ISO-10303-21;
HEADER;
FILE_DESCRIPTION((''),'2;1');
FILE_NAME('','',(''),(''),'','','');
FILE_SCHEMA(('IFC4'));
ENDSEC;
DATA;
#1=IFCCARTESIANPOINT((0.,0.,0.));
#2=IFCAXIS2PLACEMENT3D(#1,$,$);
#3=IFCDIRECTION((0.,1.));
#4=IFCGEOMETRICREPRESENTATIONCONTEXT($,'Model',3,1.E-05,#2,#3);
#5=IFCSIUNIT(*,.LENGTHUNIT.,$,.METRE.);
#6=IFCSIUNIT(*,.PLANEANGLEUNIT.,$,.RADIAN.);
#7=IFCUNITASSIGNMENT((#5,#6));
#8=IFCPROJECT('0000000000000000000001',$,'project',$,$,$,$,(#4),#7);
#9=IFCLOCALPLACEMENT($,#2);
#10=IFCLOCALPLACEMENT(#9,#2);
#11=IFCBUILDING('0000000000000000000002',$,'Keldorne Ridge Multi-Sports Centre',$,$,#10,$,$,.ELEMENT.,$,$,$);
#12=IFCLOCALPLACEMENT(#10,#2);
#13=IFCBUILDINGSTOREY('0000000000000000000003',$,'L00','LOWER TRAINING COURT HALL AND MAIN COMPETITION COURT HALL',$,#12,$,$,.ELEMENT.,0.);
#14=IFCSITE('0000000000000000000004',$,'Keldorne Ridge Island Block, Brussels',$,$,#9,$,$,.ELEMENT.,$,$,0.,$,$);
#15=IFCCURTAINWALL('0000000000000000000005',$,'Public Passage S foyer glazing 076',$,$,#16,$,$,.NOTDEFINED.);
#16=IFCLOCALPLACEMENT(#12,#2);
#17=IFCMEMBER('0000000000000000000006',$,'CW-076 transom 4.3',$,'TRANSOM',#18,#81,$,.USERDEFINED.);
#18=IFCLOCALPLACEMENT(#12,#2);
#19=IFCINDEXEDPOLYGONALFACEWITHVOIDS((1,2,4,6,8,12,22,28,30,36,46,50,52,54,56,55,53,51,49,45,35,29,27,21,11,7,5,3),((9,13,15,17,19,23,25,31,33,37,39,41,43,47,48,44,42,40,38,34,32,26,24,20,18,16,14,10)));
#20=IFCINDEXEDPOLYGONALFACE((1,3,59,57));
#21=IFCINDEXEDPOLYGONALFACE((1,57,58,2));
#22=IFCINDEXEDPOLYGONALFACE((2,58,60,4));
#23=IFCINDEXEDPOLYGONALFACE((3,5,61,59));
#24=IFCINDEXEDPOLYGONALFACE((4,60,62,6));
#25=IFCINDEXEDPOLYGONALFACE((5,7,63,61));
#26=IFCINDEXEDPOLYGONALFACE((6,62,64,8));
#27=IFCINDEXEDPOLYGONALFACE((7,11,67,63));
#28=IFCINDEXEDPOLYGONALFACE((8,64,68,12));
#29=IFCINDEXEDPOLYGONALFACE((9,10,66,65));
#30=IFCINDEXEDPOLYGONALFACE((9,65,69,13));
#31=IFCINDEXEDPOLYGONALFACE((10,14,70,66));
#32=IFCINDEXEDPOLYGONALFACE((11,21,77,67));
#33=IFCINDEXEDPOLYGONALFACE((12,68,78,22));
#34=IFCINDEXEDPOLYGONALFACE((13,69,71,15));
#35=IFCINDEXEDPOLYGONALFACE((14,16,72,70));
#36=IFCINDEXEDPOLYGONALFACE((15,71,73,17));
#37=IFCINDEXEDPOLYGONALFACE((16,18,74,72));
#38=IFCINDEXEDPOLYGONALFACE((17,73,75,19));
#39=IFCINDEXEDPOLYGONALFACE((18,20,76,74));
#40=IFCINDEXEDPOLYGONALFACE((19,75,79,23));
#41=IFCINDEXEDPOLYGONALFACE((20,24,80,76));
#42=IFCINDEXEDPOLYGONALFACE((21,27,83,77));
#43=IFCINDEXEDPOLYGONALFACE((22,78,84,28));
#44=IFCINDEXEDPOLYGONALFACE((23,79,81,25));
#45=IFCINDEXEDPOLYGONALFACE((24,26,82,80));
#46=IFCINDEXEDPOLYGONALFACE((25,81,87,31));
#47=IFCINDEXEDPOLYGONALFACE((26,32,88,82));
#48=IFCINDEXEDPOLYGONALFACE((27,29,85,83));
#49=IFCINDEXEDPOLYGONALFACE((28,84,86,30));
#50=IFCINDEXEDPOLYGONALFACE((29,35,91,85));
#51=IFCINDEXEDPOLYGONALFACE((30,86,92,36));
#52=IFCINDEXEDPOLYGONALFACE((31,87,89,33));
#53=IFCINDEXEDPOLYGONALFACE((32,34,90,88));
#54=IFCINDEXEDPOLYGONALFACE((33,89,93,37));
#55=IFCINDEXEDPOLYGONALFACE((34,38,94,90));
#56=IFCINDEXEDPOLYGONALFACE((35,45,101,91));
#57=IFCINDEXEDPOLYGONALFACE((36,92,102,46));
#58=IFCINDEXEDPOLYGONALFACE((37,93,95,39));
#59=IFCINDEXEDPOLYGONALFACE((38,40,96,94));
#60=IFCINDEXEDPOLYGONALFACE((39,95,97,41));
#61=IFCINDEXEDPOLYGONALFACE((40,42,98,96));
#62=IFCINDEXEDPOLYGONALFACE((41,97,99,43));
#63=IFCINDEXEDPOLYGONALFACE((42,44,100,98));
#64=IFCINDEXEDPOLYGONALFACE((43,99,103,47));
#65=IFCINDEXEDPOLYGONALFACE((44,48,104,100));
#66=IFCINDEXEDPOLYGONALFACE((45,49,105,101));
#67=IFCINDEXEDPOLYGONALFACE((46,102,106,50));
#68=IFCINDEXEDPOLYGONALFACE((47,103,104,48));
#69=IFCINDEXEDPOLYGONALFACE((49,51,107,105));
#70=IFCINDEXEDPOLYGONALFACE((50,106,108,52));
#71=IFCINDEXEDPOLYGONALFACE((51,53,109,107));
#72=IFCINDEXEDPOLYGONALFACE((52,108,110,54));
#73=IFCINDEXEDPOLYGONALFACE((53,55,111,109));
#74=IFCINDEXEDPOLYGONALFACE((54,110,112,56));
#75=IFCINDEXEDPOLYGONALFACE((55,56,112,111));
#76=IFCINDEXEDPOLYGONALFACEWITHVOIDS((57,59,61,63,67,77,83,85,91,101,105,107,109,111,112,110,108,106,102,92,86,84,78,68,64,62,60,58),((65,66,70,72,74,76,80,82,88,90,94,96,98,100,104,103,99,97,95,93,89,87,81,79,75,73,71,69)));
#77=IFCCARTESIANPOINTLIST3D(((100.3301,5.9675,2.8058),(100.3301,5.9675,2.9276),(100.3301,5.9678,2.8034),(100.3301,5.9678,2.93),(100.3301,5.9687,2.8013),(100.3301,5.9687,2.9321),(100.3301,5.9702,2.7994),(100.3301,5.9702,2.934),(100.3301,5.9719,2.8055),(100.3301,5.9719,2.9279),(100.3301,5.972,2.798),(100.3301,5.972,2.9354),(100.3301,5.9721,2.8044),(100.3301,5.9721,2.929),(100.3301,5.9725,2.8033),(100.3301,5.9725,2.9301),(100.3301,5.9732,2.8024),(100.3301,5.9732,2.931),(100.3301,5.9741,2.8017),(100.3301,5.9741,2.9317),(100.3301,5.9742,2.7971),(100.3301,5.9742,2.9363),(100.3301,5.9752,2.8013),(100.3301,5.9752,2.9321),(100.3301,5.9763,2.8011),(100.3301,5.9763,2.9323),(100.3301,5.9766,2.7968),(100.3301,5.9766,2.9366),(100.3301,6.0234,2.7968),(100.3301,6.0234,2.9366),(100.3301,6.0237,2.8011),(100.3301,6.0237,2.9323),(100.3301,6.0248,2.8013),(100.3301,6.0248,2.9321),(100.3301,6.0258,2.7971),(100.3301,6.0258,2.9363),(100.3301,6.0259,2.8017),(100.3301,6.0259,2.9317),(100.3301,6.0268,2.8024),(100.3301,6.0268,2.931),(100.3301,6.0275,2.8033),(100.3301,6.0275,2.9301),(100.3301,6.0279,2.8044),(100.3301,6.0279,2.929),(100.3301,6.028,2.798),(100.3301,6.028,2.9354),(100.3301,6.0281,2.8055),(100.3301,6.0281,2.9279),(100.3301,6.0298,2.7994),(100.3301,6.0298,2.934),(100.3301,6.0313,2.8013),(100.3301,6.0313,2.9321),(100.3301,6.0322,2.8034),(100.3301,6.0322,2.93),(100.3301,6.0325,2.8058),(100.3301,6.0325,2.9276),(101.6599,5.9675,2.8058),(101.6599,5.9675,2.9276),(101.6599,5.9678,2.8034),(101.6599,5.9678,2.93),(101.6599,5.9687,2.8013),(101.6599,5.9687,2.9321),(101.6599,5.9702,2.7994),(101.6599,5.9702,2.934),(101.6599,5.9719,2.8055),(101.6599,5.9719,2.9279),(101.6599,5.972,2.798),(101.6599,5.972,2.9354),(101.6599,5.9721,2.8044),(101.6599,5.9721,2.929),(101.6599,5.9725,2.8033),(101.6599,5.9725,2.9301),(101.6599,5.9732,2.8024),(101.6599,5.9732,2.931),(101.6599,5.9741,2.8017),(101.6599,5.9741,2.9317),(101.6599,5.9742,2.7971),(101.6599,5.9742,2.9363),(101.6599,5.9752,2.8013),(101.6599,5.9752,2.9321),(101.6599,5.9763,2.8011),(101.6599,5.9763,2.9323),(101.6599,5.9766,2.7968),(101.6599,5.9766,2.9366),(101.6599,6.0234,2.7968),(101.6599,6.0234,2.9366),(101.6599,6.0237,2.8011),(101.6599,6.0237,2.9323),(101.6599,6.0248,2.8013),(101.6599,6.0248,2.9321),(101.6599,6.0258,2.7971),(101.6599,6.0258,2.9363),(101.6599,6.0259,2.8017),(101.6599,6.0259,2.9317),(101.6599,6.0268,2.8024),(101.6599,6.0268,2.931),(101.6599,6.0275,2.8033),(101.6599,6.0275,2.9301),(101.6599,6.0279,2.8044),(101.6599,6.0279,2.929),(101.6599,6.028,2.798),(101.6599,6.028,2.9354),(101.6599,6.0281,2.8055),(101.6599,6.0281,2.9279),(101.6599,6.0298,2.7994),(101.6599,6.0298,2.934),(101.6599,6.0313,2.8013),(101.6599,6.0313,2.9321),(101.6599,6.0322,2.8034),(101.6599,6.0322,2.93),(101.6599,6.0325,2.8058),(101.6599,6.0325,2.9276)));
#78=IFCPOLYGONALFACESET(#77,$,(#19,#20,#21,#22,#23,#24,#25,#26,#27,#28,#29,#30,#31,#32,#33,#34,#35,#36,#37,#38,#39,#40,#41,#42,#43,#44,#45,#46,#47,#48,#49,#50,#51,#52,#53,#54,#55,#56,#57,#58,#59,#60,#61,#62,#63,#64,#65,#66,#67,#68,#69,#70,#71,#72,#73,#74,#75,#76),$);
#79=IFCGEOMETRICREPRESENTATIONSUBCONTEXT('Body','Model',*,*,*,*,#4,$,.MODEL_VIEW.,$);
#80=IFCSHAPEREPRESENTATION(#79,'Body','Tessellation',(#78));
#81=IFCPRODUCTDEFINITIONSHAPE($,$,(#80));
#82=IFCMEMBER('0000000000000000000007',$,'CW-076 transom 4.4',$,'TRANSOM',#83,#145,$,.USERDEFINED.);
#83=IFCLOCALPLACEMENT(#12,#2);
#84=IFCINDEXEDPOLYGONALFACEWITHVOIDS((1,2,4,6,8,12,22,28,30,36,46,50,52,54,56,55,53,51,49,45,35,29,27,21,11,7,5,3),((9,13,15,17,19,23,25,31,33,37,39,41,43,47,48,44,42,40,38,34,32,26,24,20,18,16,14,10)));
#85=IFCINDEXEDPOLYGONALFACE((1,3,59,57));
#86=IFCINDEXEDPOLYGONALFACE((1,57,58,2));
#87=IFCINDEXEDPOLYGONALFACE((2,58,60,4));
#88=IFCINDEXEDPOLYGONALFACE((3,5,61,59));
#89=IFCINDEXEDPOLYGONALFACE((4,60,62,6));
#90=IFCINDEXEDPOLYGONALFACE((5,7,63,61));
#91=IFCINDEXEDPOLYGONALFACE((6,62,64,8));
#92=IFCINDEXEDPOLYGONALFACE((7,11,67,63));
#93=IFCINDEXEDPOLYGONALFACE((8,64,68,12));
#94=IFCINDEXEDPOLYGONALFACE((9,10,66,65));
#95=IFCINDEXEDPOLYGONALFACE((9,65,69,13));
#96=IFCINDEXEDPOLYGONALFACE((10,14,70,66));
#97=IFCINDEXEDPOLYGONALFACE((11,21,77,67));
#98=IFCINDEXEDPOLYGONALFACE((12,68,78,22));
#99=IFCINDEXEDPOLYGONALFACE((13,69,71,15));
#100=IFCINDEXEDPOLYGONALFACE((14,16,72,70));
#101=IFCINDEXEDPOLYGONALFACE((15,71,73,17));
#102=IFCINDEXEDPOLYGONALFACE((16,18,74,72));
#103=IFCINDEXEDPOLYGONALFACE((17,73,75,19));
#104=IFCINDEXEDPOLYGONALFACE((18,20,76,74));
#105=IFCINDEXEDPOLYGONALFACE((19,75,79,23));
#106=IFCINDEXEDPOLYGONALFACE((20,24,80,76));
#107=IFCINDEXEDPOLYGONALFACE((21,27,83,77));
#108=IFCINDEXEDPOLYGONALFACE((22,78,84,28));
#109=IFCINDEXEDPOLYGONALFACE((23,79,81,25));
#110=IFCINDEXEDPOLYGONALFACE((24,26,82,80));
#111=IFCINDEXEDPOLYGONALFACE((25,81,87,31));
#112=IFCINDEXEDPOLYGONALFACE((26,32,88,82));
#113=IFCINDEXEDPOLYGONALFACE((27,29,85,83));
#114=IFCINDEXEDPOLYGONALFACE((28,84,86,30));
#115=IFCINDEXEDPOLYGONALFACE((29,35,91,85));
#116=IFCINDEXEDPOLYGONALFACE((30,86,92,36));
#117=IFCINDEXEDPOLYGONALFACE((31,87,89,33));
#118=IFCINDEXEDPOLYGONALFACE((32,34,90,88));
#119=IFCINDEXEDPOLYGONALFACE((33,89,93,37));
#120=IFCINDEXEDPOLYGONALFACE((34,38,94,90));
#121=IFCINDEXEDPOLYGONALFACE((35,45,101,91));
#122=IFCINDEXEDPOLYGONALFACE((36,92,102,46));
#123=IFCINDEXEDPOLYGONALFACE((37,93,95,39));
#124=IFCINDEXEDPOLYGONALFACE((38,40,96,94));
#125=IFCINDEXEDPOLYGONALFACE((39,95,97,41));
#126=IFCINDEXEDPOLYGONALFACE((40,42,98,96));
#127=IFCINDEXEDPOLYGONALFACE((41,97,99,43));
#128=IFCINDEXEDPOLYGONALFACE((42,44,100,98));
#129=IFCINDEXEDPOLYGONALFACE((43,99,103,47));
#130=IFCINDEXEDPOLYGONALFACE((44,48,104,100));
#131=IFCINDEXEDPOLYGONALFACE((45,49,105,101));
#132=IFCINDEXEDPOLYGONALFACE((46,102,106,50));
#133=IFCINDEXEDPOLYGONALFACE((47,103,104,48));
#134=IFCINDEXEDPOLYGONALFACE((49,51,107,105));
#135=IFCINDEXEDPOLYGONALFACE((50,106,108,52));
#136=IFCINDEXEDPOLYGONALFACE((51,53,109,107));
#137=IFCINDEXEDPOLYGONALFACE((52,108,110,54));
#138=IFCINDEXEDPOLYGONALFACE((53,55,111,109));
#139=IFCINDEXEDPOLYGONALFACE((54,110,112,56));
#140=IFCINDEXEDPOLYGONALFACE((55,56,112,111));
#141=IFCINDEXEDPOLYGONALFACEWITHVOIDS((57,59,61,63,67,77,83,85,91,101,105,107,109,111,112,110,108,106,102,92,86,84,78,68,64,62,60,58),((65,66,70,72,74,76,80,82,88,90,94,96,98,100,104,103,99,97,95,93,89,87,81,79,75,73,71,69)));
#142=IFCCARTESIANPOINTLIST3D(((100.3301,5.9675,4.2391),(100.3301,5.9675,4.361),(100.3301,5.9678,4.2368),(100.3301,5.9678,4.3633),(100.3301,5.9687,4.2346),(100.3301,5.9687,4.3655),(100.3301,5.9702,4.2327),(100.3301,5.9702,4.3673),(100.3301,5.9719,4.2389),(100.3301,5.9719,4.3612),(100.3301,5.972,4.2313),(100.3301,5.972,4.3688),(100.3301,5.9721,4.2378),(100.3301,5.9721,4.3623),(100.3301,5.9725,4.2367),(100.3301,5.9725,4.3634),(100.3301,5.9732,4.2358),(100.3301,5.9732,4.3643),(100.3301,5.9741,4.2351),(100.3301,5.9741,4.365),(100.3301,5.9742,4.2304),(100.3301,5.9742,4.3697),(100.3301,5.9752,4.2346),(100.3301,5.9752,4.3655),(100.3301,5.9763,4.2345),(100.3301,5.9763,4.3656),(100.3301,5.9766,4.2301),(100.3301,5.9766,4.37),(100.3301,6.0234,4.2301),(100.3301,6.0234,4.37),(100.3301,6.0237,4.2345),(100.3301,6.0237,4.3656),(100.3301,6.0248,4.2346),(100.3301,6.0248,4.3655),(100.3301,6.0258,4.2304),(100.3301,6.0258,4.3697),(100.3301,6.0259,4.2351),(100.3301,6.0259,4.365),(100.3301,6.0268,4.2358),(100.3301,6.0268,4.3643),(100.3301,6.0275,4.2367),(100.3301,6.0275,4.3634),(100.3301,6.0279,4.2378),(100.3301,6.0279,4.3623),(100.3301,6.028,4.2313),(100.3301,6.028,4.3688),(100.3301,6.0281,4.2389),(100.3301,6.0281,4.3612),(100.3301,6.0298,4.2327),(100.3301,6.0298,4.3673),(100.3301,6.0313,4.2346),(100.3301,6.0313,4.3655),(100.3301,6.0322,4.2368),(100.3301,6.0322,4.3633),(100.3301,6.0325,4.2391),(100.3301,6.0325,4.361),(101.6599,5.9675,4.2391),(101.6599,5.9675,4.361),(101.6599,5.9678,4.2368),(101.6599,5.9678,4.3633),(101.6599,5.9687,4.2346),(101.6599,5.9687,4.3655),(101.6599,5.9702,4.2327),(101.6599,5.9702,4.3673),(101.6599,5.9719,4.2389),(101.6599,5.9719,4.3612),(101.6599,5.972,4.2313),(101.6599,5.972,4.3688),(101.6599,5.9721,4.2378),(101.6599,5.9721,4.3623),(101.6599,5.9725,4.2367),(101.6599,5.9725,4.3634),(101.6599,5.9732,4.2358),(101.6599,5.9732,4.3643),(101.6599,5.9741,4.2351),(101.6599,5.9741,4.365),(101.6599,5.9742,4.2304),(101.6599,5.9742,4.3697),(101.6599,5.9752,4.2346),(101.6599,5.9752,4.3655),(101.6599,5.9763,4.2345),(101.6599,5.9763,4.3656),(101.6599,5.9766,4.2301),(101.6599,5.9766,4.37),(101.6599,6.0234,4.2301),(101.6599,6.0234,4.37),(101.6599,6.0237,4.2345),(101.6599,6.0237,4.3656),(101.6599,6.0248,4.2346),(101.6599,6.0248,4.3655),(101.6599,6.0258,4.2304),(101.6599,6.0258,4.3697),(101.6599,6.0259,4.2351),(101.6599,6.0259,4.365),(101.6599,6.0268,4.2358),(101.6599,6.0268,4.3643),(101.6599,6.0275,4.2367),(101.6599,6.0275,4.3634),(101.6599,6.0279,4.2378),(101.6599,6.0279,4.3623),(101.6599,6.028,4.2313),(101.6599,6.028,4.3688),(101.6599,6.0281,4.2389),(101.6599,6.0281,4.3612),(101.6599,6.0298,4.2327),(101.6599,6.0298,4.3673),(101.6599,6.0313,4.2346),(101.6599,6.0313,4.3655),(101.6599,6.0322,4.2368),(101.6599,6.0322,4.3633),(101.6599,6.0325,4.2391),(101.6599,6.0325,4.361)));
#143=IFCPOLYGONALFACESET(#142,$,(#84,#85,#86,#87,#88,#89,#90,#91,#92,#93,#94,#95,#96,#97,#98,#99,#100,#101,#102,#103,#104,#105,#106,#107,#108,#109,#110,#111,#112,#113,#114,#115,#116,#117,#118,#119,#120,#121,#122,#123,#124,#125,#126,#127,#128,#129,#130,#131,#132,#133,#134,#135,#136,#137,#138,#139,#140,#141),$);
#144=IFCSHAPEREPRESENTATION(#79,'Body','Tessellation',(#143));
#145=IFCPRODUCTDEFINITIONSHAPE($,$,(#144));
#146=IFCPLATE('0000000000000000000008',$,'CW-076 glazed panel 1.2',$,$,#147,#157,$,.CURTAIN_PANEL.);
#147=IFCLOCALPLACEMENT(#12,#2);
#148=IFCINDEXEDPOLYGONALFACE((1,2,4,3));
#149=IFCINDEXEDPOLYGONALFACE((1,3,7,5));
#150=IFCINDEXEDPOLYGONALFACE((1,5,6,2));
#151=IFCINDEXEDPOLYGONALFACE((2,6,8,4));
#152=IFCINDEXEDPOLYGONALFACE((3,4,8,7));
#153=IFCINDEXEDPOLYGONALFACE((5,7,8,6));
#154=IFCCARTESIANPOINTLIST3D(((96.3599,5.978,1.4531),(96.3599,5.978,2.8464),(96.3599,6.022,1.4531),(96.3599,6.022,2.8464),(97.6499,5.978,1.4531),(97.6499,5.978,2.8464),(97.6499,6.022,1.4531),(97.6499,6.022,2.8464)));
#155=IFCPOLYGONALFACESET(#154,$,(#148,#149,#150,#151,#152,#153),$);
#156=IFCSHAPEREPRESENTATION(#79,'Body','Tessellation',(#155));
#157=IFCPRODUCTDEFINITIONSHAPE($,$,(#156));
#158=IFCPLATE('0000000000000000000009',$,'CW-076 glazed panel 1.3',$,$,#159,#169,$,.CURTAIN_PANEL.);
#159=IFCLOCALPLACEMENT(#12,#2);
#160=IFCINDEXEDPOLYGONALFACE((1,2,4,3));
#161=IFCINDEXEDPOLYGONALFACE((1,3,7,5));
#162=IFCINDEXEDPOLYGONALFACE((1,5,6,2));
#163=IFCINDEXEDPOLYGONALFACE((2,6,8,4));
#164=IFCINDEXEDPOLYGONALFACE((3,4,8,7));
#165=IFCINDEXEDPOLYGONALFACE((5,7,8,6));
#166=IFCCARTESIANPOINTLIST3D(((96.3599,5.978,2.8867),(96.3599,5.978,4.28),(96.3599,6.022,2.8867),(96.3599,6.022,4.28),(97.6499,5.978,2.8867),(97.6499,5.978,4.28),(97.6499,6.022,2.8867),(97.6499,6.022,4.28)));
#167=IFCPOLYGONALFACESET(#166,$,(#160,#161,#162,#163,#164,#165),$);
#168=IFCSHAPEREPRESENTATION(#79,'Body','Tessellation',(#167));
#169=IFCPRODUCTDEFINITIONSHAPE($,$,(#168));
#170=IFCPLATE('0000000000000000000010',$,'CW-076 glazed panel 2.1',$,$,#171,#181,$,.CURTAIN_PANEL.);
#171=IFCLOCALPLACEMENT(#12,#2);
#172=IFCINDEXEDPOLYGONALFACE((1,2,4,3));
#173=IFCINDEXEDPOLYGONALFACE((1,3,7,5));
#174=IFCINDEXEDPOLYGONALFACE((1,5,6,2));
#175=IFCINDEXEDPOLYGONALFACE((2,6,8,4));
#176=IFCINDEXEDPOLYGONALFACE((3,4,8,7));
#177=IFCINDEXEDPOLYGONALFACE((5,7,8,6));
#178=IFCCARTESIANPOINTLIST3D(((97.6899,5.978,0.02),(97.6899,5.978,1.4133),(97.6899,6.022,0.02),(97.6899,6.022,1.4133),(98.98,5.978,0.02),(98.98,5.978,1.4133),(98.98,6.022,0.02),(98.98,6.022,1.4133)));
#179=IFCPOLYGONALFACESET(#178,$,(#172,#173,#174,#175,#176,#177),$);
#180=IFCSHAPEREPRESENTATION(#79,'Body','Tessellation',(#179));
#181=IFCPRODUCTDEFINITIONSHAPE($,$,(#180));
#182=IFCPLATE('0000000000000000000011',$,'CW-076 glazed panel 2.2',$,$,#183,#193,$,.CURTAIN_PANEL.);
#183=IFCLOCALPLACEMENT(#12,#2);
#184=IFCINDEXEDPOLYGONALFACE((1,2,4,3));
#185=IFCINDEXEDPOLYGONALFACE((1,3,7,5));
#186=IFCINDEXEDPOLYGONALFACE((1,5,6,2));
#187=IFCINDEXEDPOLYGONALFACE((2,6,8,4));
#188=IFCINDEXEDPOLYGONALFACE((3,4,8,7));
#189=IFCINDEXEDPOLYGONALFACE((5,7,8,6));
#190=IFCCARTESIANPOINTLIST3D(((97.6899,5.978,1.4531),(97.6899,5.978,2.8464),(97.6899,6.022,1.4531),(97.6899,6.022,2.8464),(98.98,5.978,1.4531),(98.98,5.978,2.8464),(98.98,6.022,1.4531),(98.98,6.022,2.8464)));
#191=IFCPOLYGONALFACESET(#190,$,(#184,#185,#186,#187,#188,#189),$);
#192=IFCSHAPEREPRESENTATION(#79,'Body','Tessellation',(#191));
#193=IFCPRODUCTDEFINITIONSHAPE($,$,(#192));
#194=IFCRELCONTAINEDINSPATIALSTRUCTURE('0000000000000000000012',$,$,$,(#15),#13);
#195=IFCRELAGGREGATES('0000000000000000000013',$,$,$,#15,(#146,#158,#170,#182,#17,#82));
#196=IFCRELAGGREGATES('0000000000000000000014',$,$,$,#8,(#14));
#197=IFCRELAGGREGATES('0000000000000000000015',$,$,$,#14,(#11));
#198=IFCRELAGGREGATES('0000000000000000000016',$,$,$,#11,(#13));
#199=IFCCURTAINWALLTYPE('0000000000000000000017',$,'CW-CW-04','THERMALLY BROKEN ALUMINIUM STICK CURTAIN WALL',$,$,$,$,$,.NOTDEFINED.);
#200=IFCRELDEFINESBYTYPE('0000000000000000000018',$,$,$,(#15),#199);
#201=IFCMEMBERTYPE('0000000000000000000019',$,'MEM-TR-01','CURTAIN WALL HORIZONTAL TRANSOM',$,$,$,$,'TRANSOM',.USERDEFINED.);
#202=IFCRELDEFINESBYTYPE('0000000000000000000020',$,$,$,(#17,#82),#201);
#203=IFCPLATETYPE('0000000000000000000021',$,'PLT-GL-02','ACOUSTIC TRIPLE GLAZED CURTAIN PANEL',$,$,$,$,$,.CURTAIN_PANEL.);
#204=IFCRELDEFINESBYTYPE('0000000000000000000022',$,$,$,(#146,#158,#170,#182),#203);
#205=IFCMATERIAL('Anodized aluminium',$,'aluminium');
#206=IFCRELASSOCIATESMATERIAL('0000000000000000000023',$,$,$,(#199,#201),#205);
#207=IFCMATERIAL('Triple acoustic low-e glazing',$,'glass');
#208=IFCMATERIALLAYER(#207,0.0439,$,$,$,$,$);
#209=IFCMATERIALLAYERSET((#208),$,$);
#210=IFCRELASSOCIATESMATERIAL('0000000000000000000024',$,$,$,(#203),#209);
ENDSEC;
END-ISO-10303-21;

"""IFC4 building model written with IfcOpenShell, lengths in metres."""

from ifc_helpers import new_model, si_unit, direction, frame, origin, origin_2d, place, context, subcontext, project, spatial, rectangle, hollow_rectangle, extrude, material, layer, layer_set, material_profile, profile_set, type_object, element, aggregate, save


model = new_model("IFC4")

# Units and contexts
model_context = context("Model", 3, precision=1e-05, world=origin(), true_north=direction((0.0, 1.0)))
body_context = subcontext(model_context, "Body", "Model", "MODEL_VIEW")
ifc_project = project(units=[si_unit("LENGTHUNIT", "METRE"), si_unit("PLANEANGLEUNIT", "RADIAN")], contexts=[model_context])

# Site, building, storey
site_placement = place(None, origin())
site = spatial("IfcSite", under=ifc_project, at=site_placement, Name="Keldorne Ridge Island Block, Brussels", CompositionType="ELEMENT", RefElevation=0.0)
building_placement = place(site_placement, origin())
building = spatial("IfcBuilding", under=site, at=building_placement, Name="Keldorne Ridge Multi-Sports Centre", CompositionType="ELEMENT")
storey_placement = place(building_placement, origin())
storey = spatial("IfcBuildingStorey", under=building, at=storey_placement, Name="L00", Description="LOWER TRAINING COURT HALL AND MAIN COMPETITION COURT HALL", CompositionType="ELEMENT", Elevation=0.0)

# Curtain wall, members, plates
ifc_material_1 = material(Name="Anodized aluminium", Category="aluminium")
curtain_wall_type = type_object("IfcCurtainWallType", Name="CW-CW-04", Description="THERMALLY BROKEN ALUMINIUM STICK CURTAIN WALL", PredefinedType="NOTDEFINED", material=ifc_material_1)
curtain_wall_placement = place(storey_placement, origin())
curtain_wall = element("IfcCurtainWall", 1, at=curtain_wall_placement, inside=storey, type_object=curtain_wall_type, Name="Public Passage S foyer glazing 076", PredefinedType="NOTDEFINED")
ifc_material_profile_1 = material_profile(ifc_material_1, hollow_rectangle(XDim=0.0649, YDim=0.1399, WallThickness=0.0044, InnerFilletRadius=0.0044, OuterFilletRadius=0.009, at=origin_2d()), Name="ALU TRANSOM 140x65x4.5")
ifc_profile_set_1 = profile_set([ifc_material_profile_1], Name="Anodized aluminium")
member_type_1 = type_object("IfcMemberType", Name="MEM-TR-01", Description="CURTAIN WALL HORIZONTAL TRANSOM", ElementType="TRANSOM", PredefinedType="USERDEFINED", material=ifc_profile_set_1)
member_1_placement = place(storey_placement, frame((100.3301, 6.0, 2.8667), z_axis=(1.0, 0.0, 0.0), x_axis=(0.0, 1.0, 0.0)))
member_1 = element("IfcMember", 2, at=member_1_placement, type_object=member_type_1, Name="CW-076 transom 4.3", ObjectType="TRANSOM", PredefinedType="USERDEFINED", context=body_context, shape_type="SweptSolid", body=[
    extrude(hollow_rectangle(XDim=0.0649, YDim=0.1399, WallThickness=0.0044, InnerFilletRadius=0.0044, OuterFilletRadius=0.009, at=origin_2d()), origin(), (0.0, 0.0, 1.0), 1.3298),
])
member_2_placement = place(storey_placement, frame((100.3301, 6.0, 4.3), z_axis=(1.0, 0.0, 0.0), x_axis=(0.0, 1.0, 0.0)))
member_2 = element("IfcMember", 3, at=member_2_placement, type_object=member_type_1, Name="CW-076 transom 4.4", ObjectType="TRANSOM", PredefinedType="USERDEFINED", context=body_context, shape_type="SweptSolid", body=[
    extrude(hollow_rectangle(XDim=0.0649, YDim=0.1399, WallThickness=0.0044, InnerFilletRadius=0.0044, OuterFilletRadius=0.009, at=origin_2d()), origin(), (0.0, 0.0, 1.0), 1.3298),
])
ifc_material_2 = material(Name="Triple acoustic low-e glazing", Category="glass")
ifc_layer_1 = layer(ifc_material_2, 0.0439)
ifc_layer_set_1 = layer_set([ifc_layer_1])
plate_type_1 = type_object("IfcPlateType", Name="PLT-GL-02", Description="ACOUSTIC TRIPLE GLAZED CURTAIN PANEL", PredefinedType="CURTAIN_PANEL", material=ifc_layer_set_1)
plate_1_placement = place(storey_placement, frame((97.0049, 6.0, 1.4531), z_axis=(0.0, 0.0, 1.0), x_axis=(1.0, 0.0, 0.0)))
plate_1 = element("IfcPlate", 4, at=plate_1_placement, type_object=plate_type_1, Name="CW-076 glazed panel 1.2", PredefinedType="CURTAIN_PANEL", context=body_context, shape_type="SweptSolid", body=[
    extrude(rectangle(XDim=1.29, YDim=0.0439, at=origin_2d()), origin(), (0.0, 0.0, 1.0), 1.3933),
])
plate_2_placement = place(storey_placement, frame((97.0049, 6.0, 2.8867), z_axis=(0.0, 0.0, 1.0), x_axis=(1.0, 0.0, 0.0)))
plate_2 = element("IfcPlate", 5, at=plate_2_placement, type_object=plate_type_1, Name="CW-076 glazed panel 1.3", PredefinedType="CURTAIN_PANEL", context=body_context, shape_type="SweptSolid", body=[
    extrude(rectangle(XDim=1.29, YDim=0.0439, at=origin_2d()), origin(), (0.0, 0.0, 1.0), 1.3933),
])
plate_3_placement = place(storey_placement, frame((98.335, 6.0, 0.02), z_axis=(0.0, 0.0, 1.0), x_axis=(1.0, 0.0, 0.0)))
plate_3 = element("IfcPlate", 6, at=plate_3_placement, type_object=plate_type_1, Name="CW-076 glazed panel 2.1", PredefinedType="CURTAIN_PANEL", context=body_context, shape_type="SweptSolid", body=[
    extrude(rectangle(XDim=1.29, YDim=0.0439, at=origin_2d()), origin(), (0.0, 0.0, 1.0), 1.3933),
])
plate_4_placement = place(storey_placement, frame((98.335, 6.0, 1.4531), z_axis=(0.0, 0.0, 1.0), x_axis=(1.0, 0.0, 0.0)))
plate_4 = element("IfcPlate", 7, at=plate_4_placement, type_object=plate_type_1, Name="CW-076 glazed panel 2.2", PredefinedType="CURTAIN_PANEL", context=body_context, shape_type="SweptSolid", body=[
    extrude(rectangle(XDim=1.29, YDim=0.0439, at=origin_2d()), origin(), (0.0, 0.0, 1.0), 1.3933),
])
aggregate(curtain_wall, [plate_1, plate_2, plate_3, plate_4, member_1, member_2])

save(model, "model.ifc")
